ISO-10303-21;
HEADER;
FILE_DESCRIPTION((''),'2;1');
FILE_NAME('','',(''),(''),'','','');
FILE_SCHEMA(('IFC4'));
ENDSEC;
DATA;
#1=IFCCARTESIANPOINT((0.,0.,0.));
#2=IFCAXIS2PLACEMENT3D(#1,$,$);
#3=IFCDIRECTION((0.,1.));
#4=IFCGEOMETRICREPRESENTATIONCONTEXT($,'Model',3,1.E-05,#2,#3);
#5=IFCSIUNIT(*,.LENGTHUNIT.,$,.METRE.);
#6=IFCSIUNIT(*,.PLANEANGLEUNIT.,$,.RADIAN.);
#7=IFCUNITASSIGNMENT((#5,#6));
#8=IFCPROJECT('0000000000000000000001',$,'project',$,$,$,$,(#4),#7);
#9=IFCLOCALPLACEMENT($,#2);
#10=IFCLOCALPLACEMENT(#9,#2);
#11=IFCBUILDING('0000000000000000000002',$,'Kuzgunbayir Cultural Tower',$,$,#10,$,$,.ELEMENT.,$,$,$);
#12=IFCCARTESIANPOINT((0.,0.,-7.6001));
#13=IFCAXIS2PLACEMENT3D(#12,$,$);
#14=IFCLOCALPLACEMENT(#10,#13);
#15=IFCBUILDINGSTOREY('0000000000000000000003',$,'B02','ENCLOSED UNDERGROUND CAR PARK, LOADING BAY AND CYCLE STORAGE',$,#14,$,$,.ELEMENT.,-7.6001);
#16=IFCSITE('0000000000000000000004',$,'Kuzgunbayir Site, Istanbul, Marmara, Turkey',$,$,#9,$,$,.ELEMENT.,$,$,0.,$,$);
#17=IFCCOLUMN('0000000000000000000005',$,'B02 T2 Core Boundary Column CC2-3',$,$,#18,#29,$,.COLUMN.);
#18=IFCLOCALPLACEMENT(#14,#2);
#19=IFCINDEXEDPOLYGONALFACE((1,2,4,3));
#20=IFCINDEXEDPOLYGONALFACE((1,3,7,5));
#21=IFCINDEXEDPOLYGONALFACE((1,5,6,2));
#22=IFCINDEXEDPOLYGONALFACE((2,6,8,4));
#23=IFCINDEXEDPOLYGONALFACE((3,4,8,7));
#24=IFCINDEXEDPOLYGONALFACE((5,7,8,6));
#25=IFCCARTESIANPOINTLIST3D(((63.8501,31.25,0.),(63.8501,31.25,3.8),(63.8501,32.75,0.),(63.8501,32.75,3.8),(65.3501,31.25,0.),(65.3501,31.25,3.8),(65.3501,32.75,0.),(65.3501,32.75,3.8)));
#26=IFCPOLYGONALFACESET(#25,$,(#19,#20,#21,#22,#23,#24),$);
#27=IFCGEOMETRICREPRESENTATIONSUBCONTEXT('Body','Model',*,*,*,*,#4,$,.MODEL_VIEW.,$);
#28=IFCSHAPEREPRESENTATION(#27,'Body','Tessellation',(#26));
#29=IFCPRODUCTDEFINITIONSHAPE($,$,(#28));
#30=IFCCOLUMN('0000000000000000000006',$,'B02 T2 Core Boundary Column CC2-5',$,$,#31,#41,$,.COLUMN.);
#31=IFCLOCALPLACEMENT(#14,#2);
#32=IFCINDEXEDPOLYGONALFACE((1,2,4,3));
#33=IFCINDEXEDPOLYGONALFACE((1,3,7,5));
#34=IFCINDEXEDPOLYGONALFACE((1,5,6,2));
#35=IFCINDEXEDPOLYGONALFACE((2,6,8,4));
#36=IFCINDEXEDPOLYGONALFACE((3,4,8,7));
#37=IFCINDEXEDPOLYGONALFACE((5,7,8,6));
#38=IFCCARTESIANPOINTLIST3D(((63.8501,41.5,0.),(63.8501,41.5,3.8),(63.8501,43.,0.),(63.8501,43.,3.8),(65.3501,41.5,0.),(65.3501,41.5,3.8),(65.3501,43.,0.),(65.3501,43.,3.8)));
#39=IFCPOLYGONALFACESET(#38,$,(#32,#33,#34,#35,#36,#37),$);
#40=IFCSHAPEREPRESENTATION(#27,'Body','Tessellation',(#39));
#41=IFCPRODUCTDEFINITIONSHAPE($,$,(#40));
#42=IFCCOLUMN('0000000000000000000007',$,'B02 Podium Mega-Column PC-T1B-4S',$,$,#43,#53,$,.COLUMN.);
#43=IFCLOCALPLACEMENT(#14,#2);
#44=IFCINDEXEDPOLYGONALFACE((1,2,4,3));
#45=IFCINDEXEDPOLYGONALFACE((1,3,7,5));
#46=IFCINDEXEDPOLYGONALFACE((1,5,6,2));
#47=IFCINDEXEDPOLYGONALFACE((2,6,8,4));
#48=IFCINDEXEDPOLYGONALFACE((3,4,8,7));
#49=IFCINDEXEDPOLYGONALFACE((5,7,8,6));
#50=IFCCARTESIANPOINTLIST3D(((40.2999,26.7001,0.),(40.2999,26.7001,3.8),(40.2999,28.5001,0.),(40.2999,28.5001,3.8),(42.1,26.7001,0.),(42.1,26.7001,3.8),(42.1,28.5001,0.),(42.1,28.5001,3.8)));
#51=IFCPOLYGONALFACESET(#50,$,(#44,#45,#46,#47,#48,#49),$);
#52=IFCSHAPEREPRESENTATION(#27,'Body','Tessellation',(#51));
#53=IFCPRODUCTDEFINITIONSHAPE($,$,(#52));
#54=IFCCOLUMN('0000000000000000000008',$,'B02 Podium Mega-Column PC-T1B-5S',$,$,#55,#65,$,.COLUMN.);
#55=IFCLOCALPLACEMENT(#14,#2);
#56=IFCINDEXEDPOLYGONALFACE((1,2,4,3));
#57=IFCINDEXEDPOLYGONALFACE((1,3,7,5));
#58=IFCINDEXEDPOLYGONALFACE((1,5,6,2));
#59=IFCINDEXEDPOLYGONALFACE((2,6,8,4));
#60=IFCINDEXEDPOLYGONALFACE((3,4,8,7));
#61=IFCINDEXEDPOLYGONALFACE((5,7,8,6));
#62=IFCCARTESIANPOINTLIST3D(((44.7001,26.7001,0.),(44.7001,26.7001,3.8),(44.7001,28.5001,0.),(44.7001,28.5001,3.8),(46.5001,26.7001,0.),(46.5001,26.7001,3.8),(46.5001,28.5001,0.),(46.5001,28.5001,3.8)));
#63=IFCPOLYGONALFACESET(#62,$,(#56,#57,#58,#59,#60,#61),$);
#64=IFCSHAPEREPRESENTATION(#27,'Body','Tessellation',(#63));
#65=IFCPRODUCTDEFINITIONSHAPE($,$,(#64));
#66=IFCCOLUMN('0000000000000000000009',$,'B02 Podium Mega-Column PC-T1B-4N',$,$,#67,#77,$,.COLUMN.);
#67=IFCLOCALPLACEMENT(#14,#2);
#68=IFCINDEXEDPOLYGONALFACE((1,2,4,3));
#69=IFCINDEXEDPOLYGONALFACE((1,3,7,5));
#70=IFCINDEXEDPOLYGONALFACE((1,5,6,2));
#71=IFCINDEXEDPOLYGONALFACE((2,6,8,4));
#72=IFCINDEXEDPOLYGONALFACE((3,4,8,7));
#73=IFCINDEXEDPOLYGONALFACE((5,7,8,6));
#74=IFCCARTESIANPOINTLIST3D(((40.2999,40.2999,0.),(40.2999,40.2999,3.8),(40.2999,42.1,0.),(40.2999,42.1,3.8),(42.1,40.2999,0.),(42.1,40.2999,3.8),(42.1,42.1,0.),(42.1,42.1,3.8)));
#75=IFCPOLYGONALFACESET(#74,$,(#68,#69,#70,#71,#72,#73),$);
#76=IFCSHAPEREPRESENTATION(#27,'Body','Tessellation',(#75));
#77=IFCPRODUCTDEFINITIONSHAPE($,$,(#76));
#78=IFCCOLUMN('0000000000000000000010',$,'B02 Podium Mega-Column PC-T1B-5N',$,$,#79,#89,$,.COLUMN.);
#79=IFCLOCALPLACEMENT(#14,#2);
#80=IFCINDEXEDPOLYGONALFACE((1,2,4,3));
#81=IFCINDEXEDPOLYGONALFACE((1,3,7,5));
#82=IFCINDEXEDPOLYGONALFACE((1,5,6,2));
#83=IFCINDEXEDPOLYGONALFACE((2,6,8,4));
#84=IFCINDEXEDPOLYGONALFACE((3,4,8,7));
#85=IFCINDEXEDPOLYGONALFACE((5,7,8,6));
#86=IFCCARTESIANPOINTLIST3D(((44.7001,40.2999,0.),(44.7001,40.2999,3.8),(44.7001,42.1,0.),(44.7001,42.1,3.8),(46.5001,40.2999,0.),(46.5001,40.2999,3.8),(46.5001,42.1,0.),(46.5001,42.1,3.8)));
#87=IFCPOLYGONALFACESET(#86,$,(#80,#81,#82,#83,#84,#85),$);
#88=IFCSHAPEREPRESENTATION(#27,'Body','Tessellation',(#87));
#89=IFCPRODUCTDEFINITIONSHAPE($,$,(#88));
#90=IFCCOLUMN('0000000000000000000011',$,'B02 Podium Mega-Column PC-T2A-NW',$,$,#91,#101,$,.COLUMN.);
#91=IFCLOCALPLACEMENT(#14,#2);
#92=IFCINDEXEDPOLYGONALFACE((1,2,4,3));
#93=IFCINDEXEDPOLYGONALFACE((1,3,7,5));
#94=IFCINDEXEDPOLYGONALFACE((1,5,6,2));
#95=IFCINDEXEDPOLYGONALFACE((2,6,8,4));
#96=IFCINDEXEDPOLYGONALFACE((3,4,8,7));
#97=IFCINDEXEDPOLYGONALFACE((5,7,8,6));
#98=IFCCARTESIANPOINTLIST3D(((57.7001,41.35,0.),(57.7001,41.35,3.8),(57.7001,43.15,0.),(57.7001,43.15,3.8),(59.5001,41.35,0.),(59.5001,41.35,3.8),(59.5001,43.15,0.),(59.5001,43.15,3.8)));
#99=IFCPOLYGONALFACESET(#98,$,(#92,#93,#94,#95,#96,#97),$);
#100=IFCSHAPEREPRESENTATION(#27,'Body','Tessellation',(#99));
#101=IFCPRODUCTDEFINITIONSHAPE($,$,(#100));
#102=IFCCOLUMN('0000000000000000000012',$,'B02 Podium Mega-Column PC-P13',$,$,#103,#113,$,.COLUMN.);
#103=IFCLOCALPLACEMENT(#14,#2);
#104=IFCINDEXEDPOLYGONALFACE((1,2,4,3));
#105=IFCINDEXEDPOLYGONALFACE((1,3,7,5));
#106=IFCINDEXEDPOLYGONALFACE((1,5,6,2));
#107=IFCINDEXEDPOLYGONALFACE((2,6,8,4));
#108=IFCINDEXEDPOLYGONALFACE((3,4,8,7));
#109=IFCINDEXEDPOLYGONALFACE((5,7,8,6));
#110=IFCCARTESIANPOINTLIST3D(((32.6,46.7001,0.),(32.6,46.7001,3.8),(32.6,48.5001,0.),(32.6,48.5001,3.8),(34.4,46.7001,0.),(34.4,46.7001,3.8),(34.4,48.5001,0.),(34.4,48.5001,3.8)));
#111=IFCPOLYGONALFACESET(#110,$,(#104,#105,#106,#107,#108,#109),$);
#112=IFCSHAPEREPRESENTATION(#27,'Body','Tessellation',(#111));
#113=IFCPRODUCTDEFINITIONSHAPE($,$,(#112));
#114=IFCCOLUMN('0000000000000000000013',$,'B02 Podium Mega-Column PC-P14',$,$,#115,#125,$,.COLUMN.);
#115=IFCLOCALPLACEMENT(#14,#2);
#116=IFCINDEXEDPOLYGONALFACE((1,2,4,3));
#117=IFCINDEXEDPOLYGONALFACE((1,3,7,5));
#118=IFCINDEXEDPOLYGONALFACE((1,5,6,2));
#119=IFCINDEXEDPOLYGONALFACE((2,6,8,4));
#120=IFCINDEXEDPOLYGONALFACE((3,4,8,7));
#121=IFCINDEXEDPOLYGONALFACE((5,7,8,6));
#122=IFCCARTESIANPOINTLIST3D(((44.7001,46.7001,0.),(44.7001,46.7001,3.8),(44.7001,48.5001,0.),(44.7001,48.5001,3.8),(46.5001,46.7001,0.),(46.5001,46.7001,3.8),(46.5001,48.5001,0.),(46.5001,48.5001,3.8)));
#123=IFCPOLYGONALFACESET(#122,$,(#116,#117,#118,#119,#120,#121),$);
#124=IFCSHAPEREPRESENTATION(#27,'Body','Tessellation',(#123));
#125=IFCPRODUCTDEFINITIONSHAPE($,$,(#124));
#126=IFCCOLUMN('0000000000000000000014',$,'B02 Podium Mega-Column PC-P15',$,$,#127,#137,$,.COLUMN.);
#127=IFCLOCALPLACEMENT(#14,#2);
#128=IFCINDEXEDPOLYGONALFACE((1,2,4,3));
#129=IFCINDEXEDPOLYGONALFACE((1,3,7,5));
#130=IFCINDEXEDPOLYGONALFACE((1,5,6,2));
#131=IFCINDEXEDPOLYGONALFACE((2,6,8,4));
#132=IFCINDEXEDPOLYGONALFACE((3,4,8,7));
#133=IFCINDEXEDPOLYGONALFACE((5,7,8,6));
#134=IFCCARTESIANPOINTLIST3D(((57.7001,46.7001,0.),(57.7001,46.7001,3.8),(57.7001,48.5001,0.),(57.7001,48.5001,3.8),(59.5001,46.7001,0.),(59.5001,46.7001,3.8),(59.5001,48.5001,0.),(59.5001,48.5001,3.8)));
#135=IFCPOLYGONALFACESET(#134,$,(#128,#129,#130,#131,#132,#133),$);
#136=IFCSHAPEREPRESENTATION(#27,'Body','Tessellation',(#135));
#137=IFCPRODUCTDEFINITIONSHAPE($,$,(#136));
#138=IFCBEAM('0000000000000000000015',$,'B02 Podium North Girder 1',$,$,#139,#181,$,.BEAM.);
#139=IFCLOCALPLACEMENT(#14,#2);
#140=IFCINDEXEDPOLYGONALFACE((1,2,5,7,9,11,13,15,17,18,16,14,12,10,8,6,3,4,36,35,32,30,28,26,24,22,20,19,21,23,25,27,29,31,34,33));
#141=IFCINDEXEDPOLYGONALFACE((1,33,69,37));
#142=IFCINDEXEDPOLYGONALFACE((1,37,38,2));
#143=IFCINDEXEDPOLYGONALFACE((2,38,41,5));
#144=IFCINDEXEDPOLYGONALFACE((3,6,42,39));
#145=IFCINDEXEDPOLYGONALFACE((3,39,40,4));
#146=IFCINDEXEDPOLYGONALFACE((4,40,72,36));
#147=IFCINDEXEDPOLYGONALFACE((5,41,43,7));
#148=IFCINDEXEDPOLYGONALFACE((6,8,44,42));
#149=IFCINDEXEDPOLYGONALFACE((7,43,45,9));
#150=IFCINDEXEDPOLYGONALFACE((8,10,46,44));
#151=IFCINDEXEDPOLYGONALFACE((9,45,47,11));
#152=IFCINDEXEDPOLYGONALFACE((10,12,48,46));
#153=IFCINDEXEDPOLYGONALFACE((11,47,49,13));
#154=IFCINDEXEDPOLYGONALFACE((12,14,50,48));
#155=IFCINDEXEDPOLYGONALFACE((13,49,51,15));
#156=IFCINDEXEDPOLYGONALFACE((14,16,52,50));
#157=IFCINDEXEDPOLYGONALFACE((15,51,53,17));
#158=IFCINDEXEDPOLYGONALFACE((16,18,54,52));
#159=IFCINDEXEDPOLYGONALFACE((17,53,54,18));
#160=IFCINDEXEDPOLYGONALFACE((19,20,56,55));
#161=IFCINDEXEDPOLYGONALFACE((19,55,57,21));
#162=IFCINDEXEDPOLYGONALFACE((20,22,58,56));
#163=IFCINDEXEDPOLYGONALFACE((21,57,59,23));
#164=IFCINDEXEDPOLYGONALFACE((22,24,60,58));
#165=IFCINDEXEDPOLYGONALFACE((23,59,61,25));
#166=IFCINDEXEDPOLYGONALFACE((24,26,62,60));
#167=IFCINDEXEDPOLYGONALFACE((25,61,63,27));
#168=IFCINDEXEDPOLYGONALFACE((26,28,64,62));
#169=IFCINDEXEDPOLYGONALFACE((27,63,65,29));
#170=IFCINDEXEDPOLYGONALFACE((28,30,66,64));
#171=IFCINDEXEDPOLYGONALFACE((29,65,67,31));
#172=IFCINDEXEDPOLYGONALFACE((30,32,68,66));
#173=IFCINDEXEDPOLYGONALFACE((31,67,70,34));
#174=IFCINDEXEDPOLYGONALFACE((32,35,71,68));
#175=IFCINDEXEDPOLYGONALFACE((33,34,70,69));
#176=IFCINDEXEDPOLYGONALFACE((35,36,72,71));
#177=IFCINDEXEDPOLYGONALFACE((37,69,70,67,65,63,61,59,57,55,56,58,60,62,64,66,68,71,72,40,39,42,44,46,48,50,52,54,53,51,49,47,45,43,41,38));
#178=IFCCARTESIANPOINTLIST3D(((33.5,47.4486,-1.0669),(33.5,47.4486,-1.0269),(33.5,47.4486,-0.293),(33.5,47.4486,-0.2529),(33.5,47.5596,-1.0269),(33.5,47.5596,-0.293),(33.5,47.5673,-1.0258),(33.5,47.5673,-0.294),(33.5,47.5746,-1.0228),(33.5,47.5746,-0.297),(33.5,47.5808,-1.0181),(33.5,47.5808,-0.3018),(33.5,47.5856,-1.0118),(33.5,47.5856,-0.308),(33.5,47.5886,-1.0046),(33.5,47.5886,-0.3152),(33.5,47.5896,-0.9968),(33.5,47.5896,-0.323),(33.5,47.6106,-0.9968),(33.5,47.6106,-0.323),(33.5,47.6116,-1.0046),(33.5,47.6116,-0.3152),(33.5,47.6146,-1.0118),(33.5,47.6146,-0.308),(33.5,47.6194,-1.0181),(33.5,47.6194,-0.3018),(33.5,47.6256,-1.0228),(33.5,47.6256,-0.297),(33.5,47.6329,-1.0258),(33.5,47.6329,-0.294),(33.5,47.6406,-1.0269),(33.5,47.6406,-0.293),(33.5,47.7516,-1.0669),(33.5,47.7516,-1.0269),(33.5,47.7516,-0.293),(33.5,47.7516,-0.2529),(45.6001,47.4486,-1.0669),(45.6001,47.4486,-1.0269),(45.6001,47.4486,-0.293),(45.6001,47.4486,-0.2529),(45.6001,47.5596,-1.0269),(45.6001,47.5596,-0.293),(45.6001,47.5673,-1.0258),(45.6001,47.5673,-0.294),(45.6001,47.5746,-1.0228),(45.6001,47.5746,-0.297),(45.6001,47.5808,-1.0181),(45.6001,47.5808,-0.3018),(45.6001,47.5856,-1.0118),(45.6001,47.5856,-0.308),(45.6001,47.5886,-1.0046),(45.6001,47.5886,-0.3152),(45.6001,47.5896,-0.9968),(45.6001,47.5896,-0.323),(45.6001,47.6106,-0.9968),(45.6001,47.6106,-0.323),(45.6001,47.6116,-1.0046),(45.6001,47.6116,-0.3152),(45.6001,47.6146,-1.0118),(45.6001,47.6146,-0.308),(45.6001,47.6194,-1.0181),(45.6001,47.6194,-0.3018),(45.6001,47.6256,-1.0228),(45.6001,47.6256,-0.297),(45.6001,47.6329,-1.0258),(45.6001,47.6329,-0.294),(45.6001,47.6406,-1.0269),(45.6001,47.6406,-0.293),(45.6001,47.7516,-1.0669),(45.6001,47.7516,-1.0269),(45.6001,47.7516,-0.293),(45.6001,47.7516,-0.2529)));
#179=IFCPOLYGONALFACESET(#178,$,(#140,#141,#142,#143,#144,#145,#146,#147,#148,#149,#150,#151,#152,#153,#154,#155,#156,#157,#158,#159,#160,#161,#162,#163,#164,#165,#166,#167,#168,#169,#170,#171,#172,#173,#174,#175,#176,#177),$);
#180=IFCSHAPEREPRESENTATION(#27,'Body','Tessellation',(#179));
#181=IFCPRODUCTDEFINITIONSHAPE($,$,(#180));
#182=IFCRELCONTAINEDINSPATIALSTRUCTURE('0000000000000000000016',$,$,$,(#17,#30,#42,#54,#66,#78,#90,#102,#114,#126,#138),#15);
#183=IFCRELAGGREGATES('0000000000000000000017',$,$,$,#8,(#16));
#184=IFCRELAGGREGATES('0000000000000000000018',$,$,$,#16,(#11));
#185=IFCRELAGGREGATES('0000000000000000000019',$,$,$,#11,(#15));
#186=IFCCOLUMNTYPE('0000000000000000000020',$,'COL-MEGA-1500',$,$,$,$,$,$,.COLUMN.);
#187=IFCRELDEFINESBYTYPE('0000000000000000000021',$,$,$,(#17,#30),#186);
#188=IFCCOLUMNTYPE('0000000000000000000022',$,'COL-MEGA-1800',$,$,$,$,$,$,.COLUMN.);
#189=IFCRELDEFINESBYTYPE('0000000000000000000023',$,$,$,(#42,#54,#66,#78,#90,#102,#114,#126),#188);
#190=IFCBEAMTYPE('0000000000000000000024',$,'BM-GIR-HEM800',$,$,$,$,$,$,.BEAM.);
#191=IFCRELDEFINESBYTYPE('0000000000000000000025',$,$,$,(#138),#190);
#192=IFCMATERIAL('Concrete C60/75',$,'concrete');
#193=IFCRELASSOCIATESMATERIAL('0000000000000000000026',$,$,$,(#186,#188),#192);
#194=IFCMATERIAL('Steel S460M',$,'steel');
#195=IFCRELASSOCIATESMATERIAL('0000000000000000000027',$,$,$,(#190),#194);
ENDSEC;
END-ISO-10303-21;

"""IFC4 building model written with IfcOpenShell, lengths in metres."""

from ifc_helpers import new_model, si_unit, direction, frame, origin, origin_2d, place, context, subcontext, project, spatial, rectangle, i_section, extrude, material, material_profile, profile_set, type_object, element, save


model = new_model("IFC4")

# Units and contexts
model_context = context("Model", 3, precision=1e-05, world=origin(), true_north=direction((0.0, 1.0)))
body_context = subcontext(model_context, "Body", "Model", "MODEL_VIEW")
ifc_project = project(units=[si_unit("LENGTHUNIT", "METRE"), si_unit("PLANEANGLEUNIT", "RADIAN")], contexts=[model_context])

# Site, building, storey
site_placement = place(None, origin())
site = spatial("IfcSite", under=ifc_project, at=site_placement, Name="Kuzgunbayir Site, Istanbul, Marmara, Turkey", CompositionType="ELEMENT", RefElevation=0.0)
building_placement = place(site_placement, origin())
building = spatial("IfcBuilding", under=site, at=building_placement, Name="Kuzgunbayir Cultural Tower", CompositionType="ELEMENT")
storey_placement = place(building_placement, frame((0.0, 0.0, -7.6001)))
storey = spatial("IfcBuildingStorey", under=building, at=storey_placement, Name="B02", Description="ENCLOSED UNDERGROUND CAR PARK, LOADING BAY AND CYCLE STORAGE", CompositionType="ELEMENT", Elevation=-7.6001)

# Columns
ifc_material_1 = material(Name="Concrete C60/75", Category="concrete")
ifc_material_profile_1 = material_profile(ifc_material_1, rectangle(XDim=1.5, YDim=1.5, at=origin_2d()), Name="RC 1500x1500")
ifc_profile_set_1 = profile_set([ifc_material_profile_1], Name="Concrete C60/75")
column_type_1 = type_object("IfcColumnType", Name="COL-MEGA-1500", PredefinedType="COLUMN", material=ifc_profile_set_1)
for number, where, z_axis, x_axis, name in (
    (1, (64.6001, 32.0, 0.0), (0.0, 0.0, 1.0), (1.0, 0.0, 0.0), "B02 T2 Core Boundary Column CC2-3"),
    (2, (64.6001, 42.25, 0.0), (0.0, 0.0, 1.0), (1.0, 0.0, 0.0), "B02 T2 Core Boundary Column CC2-5"),
):
    element("IfcColumn", number, at=place(storey_placement, frame(where, z_axis=z_axis, x_axis=x_axis)), inside=storey, type_object=column_type_1, Name=name, PredefinedType="COLUMN", context=body_context, shape_type="SweptSolid", body=[
        extrude(rectangle(XDim=1.5, YDim=1.5, at=origin_2d()), origin(), (0.0, 0.0, 1.0), 3.8),
    ])
ifc_material_profile_2 = material_profile(ifc_material_1, rectangle(XDim=1.8, YDim=1.8, at=origin_2d()), Name="RC 1800x1800")
ifc_profile_set_2 = profile_set([ifc_material_profile_2], Name="Concrete C60/75")
column_type_2 = type_object("IfcColumnType", Name="COL-MEGA-1800", PredefinedType="COLUMN", material=ifc_profile_set_2)
for number, where, z_axis, x_axis, name in (
    (3, (41.2, 27.6001, 0.0), (0.0, 0.0, 1.0), (1.0, 0.0, 0.0), "B02 Podium Mega-Column PC-T1B-4S"),
    (4, (45.6001, 27.6001, 0.0), (0.0, 0.0, 1.0), (1.0, 0.0, 0.0), "B02 Podium Mega-Column PC-T1B-5S"),
    (5, (41.2, 41.2, 0.0), (0.0, 0.0, 1.0), (1.0, 0.0, 0.0), "B02 Podium Mega-Column PC-T1B-4N"),
    (6, (45.6001, 41.2, 0.0), (0.0, 0.0, 1.0), (1.0, 0.0, 0.0), "B02 Podium Mega-Column PC-T1B-5N"),
    (7, (58.6001, 42.25, 0.0), (0.0, 0.0, 1.0), (1.0, 0.0, 0.0), "B02 Podium Mega-Column PC-T2A-NW"),
    (8, (33.5, 47.6001, 0.0), (0.0, 0.0, 1.0), (1.0, 0.0, 0.0), "B02 Podium Mega-Column PC-P13"),
    (9, (45.6001, 47.6001, 0.0), (0.0, 0.0, 1.0), (1.0, 0.0, 0.0), "B02 Podium Mega-Column PC-P14"),
    (10, (58.6001, 47.6001, 0.0), (0.0, 0.0, 1.0), (1.0, 0.0, 0.0), "B02 Podium Mega-Column PC-P15"),
):
    element("IfcColumn", number, at=place(storey_placement, frame(where, z_axis=z_axis, x_axis=x_axis)), inside=storey, type_object=column_type_2, Name=name, PredefinedType="COLUMN", context=body_context, shape_type="SweptSolid", body=[
        extrude(rectangle(XDim=1.8, YDim=1.8, at=origin_2d()), origin(), (0.0, 0.0, 1.0), 3.8),
    ])

# Beam
ifc_material_2 = material(Name="Steel S460M", Category="steel")
ifc_material_profile_3 = material_profile(ifc_material_2, i_section(OverallWidth=0.303, OverallDepth=0.814, WebThickness=0.021, FlangeThickness=0.04, FilletRadius=0.03, at=origin_2d()), Name="HEM 800")
ifc_profile_set_3 = profile_set([ifc_material_profile_3], Name="Steel S460M")
beam_type_1 = type_object("IfcBeamType", Name="BM-GIR-HEM800", PredefinedType="BEAM", material=ifc_profile_set_3)
beam_1_placement = place(storey_placement, frame((33.5, 47.6001, -0.6599), z_axis=(1.0, 0.0, 0.0), x_axis=(0.0, 1.0, 0.0)))
element("IfcBeam", 11, at=beam_1_placement, inside=storey, type_object=beam_type_1, Name="B02 Podium North Girder 1", PredefinedType="BEAM", context=body_context, shape_type="SweptSolid", body=[
    extrude(i_section(OverallWidth=0.303, OverallDepth=0.814, WebThickness=0.021, FlangeThickness=0.04, FilletRadius=0.03, at=origin_2d()), origin(), (0.0, 0.0, 1.0), 12.1001),
])

save(model, "model.ifc")
